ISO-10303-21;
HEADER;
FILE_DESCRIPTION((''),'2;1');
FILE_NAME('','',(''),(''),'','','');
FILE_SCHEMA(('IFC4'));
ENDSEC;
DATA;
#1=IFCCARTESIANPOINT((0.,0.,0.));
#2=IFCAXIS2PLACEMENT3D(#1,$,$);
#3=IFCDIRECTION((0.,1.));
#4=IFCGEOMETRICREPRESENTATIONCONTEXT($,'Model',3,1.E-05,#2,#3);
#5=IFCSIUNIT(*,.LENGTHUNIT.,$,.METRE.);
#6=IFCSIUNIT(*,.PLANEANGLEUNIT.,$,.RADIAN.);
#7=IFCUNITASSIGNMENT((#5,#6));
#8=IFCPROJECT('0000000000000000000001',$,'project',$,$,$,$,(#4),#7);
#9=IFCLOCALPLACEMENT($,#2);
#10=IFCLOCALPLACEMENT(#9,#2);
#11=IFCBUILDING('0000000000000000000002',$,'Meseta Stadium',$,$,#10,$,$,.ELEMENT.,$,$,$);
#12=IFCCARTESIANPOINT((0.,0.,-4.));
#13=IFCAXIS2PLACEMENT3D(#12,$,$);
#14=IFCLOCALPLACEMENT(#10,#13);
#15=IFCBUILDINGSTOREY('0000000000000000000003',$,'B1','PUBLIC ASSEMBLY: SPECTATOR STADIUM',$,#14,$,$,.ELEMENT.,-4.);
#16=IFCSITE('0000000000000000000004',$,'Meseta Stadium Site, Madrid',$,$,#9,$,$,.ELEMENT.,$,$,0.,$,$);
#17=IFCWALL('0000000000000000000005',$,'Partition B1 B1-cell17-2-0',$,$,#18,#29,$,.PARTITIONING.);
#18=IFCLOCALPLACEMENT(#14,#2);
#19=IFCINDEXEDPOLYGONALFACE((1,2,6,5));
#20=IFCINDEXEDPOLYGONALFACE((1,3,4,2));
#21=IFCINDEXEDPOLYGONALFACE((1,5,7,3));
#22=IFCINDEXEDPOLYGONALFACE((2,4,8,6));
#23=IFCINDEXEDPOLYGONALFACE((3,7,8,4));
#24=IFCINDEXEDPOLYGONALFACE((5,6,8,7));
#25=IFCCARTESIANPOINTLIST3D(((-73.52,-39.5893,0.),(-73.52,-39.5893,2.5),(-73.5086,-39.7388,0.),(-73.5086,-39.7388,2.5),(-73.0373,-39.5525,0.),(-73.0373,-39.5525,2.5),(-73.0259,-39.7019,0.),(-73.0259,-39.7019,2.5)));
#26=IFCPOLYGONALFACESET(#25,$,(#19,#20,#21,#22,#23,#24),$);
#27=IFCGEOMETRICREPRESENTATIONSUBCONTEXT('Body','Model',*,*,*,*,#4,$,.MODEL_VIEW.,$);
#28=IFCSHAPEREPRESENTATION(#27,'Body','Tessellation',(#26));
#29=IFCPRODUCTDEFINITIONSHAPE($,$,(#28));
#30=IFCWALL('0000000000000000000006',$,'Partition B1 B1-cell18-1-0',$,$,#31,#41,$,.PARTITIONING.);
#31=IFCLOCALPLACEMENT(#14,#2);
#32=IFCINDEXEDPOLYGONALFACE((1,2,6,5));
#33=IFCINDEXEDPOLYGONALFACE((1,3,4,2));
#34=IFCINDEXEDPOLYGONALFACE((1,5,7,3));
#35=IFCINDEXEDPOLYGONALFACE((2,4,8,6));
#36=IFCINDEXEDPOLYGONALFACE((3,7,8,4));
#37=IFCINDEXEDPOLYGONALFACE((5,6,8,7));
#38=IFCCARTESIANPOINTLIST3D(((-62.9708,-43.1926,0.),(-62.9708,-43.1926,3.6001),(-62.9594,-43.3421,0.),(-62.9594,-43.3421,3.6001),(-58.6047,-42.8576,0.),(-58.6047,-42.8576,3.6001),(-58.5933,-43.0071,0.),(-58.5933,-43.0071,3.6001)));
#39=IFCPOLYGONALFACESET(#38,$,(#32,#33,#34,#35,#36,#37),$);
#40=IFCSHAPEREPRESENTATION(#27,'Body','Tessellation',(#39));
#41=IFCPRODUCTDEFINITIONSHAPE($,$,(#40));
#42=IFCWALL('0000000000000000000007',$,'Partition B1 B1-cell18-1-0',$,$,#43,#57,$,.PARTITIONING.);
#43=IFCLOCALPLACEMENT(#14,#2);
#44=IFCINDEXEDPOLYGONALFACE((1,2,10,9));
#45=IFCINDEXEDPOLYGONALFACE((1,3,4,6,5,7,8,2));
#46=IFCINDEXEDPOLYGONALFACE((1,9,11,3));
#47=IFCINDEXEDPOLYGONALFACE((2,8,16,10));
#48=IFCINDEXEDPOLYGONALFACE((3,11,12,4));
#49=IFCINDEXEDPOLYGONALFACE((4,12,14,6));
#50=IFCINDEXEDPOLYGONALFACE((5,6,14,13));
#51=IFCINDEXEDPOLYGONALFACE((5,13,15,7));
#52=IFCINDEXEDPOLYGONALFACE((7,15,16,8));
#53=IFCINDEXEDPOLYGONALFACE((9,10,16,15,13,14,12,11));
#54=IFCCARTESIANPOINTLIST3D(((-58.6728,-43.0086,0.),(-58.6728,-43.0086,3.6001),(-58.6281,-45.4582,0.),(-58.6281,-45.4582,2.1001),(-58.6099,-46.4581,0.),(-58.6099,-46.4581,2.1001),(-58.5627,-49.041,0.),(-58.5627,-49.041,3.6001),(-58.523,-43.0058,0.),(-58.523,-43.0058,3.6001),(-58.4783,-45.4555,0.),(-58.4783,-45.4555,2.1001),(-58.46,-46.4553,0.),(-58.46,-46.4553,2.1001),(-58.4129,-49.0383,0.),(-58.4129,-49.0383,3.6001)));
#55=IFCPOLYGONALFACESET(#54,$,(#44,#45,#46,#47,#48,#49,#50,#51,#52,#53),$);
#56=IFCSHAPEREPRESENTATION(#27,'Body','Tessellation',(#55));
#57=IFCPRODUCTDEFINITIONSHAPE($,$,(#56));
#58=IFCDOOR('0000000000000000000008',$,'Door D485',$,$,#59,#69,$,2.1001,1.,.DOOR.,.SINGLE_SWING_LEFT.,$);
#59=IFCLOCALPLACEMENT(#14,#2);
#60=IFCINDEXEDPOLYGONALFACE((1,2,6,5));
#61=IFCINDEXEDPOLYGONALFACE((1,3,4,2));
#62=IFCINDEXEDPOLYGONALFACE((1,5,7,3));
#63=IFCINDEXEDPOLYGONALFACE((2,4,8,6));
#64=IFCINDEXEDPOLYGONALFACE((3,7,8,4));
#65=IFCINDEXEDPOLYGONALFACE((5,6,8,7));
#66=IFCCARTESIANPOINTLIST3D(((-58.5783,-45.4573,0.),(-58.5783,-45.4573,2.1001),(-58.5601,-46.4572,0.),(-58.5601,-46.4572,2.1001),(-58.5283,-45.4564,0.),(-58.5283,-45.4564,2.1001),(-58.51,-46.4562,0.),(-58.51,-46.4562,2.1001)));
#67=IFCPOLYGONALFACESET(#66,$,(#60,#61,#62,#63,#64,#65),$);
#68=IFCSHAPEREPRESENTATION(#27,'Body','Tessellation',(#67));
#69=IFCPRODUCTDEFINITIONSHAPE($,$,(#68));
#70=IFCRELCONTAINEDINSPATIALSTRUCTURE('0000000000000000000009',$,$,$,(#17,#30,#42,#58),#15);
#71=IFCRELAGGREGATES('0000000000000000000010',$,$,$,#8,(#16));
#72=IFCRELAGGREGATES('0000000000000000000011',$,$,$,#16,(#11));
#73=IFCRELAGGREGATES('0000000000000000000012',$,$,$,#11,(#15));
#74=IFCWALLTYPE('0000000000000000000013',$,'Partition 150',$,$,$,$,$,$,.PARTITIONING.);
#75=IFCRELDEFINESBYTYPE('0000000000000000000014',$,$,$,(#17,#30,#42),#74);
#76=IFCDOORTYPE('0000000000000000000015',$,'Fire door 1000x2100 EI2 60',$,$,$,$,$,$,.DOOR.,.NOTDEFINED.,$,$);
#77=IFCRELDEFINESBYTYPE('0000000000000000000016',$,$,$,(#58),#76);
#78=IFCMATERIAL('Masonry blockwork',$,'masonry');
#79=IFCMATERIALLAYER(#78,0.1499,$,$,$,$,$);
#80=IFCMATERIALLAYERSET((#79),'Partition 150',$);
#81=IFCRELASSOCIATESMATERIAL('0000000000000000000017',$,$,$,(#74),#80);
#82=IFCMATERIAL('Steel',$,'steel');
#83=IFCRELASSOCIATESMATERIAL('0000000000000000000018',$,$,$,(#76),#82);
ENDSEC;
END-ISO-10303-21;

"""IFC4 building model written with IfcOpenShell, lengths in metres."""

from ifc_helpers import new_model, si_unit, direction, frame, frame_2d, origin, place, context, subcontext, project, spatial, rectangle, extrude, material, layer, layer_set, type_object, element, fill, save


model = new_model("IFC4")

# Units and contexts
model_context = context("Model", 3, precision=1e-05, world=origin(), true_north=direction((0.0, 1.0)))
body_context = subcontext(model_context, "Body", "Model", "MODEL_VIEW")
ifc_project = project(units=[si_unit("LENGTHUNIT", "METRE"), si_unit("PLANEANGLEUNIT", "RADIAN")], contexts=[model_context])

# Site, building, storey
site_placement = place(None, origin())
site = spatial("IfcSite", under=ifc_project, at=site_placement, Name="Meseta Stadium Site, Madrid", CompositionType="ELEMENT", RefElevation=0.0)
building_placement = place(site_placement, origin())
building = spatial("IfcBuilding", under=site, at=building_placement, Name="Meseta Stadium", CompositionType="ELEMENT")
storey_placement = place(building_placement, frame((0.0, 0.0, -4.0)))
storey = spatial("IfcBuildingStorey", under=building, at=storey_placement, Name="B1", Description="PUBLIC ASSEMBLY: SPECTATOR STADIUM", CompositionType="ELEMENT", Elevation=-4.0)

# Walls
ifc_material_1 = material(Name="Masonry blockwork", Category="masonry")
ifc_layer = layer(ifc_material_1, 0.1499)
ifc_layer_set = layer_set([ifc_layer], Name="Partition 150")
wall_type = type_object("IfcWallType", Name="Partition 150", PredefinedType="PARTITIONING", material=ifc_layer_set)
wall_1_placement = place(storey_placement, frame((-73.0315, -39.6272, 0.0), z_axis=(0.0, 0.0, 1.0), x_axis=(-0.997096, -0.076157, 0.0)))
element("IfcWall", 1, at=wall_1_placement, inside=storey, type_object=wall_type, Name="Partition B1 B1-cell17-2-0", PredefinedType="PARTITIONING", context=body_context, shape_type="SweptSolid", body=[
    extrude(rectangle(XDim=0.4841, YDim=0.1499, at=frame_2d((0.2422, 0.0))), origin(), (0.0, 0.0, 1.0), 2.5),
])
wall_2_placement = place(storey_placement, frame((-62.9651, -43.2673, 0.0), z_axis=(0.0, 0.0, 1.0), x_axis=(0.99707, 0.076496, 0.0)))
element("IfcWall", 2, at=wall_2_placement, inside=storey, type_object=wall_type, Name="Partition B1 B1-cell18-1-0", PredefinedType="PARTITIONING", context=body_context, shape_type="SweptSolid", body=[
    extrude(rectangle(XDim=4.3789, YDim=0.1499, at=frame_2d((2.1895, 0.0))), origin(), (0.0, 0.0, 1.0), 3.6001),
])

# Wall, opening, door
wall_3_placement = place(storey_placement, frame((-58.5979, -43.0073, 0.0), z_axis=(0.0, 0.0, 1.0), x_axis=(0.018249, -0.999833, 0.0)))
wall_3 = element("IfcWall", 3, at=wall_3_placement, inside=storey, type_object=wall_type, Name="Partition B1 B1-cell18-1-0", PredefinedType="PARTITIONING", context=body_context, shape_type="SweptSolid", body=[
    extrude(rectangle(XDim=6.0334, YDim=0.1499, at=frame_2d((3.0166, 0.0))), origin(), (0.0, 0.0, 1.0), 3.6001),
])
opening_placement = place(wall_3_placement, frame((2.45, 0.0, 0.0)))
opening = element("IfcOpeningElement", 4, at=opening_placement, cuts=wall_3, PredefinedType="OPENING", context=body_context, shape_type="SweptSolid", body=[
    extrude(rectangle(XDim=1.0, YDim=2.1001, at=frame_2d((0.5, 1.05))), frame((0.0, 0.085, 0.0), z_axis=(0.0, -1.0, 0.0), x_axis=(1.0, 0.0, 0.0)), (0.0, 0.0, 1.0), 0.1699),
])
ifc_material_2 = material(Name="Steel", Category="steel")
door_type = type_object("IfcDoorType", Name="Fire door 1000x2100 EI2 60", OperationType="NOTDEFINED", PredefinedType="DOOR", material=ifc_material_2)
door_placement = place(opening_placement, origin())
door = element("IfcDoor", 5, at=door_placement, inside=storey, type_object=door_type, Name="Door D485", OperationType="SINGLE_SWING_LEFT", OverallHeight=2.1001, OverallWidth=1.0, PredefinedType="DOOR", context=body_context, shape_type="SweptSolid", body=[
    extrude(rectangle(XDim=1.0, YDim=2.1001, at=frame_2d((0.5, 1.05))), frame((0.0, 0.0249, 0.0), z_axis=(0.0, -1.0, 0.0), x_axis=(1.0, 0.0, 0.0)), (0.0, 0.0, 1.0), 0.05),
])
fill(opening, door)

save(model, "model.ifc")
